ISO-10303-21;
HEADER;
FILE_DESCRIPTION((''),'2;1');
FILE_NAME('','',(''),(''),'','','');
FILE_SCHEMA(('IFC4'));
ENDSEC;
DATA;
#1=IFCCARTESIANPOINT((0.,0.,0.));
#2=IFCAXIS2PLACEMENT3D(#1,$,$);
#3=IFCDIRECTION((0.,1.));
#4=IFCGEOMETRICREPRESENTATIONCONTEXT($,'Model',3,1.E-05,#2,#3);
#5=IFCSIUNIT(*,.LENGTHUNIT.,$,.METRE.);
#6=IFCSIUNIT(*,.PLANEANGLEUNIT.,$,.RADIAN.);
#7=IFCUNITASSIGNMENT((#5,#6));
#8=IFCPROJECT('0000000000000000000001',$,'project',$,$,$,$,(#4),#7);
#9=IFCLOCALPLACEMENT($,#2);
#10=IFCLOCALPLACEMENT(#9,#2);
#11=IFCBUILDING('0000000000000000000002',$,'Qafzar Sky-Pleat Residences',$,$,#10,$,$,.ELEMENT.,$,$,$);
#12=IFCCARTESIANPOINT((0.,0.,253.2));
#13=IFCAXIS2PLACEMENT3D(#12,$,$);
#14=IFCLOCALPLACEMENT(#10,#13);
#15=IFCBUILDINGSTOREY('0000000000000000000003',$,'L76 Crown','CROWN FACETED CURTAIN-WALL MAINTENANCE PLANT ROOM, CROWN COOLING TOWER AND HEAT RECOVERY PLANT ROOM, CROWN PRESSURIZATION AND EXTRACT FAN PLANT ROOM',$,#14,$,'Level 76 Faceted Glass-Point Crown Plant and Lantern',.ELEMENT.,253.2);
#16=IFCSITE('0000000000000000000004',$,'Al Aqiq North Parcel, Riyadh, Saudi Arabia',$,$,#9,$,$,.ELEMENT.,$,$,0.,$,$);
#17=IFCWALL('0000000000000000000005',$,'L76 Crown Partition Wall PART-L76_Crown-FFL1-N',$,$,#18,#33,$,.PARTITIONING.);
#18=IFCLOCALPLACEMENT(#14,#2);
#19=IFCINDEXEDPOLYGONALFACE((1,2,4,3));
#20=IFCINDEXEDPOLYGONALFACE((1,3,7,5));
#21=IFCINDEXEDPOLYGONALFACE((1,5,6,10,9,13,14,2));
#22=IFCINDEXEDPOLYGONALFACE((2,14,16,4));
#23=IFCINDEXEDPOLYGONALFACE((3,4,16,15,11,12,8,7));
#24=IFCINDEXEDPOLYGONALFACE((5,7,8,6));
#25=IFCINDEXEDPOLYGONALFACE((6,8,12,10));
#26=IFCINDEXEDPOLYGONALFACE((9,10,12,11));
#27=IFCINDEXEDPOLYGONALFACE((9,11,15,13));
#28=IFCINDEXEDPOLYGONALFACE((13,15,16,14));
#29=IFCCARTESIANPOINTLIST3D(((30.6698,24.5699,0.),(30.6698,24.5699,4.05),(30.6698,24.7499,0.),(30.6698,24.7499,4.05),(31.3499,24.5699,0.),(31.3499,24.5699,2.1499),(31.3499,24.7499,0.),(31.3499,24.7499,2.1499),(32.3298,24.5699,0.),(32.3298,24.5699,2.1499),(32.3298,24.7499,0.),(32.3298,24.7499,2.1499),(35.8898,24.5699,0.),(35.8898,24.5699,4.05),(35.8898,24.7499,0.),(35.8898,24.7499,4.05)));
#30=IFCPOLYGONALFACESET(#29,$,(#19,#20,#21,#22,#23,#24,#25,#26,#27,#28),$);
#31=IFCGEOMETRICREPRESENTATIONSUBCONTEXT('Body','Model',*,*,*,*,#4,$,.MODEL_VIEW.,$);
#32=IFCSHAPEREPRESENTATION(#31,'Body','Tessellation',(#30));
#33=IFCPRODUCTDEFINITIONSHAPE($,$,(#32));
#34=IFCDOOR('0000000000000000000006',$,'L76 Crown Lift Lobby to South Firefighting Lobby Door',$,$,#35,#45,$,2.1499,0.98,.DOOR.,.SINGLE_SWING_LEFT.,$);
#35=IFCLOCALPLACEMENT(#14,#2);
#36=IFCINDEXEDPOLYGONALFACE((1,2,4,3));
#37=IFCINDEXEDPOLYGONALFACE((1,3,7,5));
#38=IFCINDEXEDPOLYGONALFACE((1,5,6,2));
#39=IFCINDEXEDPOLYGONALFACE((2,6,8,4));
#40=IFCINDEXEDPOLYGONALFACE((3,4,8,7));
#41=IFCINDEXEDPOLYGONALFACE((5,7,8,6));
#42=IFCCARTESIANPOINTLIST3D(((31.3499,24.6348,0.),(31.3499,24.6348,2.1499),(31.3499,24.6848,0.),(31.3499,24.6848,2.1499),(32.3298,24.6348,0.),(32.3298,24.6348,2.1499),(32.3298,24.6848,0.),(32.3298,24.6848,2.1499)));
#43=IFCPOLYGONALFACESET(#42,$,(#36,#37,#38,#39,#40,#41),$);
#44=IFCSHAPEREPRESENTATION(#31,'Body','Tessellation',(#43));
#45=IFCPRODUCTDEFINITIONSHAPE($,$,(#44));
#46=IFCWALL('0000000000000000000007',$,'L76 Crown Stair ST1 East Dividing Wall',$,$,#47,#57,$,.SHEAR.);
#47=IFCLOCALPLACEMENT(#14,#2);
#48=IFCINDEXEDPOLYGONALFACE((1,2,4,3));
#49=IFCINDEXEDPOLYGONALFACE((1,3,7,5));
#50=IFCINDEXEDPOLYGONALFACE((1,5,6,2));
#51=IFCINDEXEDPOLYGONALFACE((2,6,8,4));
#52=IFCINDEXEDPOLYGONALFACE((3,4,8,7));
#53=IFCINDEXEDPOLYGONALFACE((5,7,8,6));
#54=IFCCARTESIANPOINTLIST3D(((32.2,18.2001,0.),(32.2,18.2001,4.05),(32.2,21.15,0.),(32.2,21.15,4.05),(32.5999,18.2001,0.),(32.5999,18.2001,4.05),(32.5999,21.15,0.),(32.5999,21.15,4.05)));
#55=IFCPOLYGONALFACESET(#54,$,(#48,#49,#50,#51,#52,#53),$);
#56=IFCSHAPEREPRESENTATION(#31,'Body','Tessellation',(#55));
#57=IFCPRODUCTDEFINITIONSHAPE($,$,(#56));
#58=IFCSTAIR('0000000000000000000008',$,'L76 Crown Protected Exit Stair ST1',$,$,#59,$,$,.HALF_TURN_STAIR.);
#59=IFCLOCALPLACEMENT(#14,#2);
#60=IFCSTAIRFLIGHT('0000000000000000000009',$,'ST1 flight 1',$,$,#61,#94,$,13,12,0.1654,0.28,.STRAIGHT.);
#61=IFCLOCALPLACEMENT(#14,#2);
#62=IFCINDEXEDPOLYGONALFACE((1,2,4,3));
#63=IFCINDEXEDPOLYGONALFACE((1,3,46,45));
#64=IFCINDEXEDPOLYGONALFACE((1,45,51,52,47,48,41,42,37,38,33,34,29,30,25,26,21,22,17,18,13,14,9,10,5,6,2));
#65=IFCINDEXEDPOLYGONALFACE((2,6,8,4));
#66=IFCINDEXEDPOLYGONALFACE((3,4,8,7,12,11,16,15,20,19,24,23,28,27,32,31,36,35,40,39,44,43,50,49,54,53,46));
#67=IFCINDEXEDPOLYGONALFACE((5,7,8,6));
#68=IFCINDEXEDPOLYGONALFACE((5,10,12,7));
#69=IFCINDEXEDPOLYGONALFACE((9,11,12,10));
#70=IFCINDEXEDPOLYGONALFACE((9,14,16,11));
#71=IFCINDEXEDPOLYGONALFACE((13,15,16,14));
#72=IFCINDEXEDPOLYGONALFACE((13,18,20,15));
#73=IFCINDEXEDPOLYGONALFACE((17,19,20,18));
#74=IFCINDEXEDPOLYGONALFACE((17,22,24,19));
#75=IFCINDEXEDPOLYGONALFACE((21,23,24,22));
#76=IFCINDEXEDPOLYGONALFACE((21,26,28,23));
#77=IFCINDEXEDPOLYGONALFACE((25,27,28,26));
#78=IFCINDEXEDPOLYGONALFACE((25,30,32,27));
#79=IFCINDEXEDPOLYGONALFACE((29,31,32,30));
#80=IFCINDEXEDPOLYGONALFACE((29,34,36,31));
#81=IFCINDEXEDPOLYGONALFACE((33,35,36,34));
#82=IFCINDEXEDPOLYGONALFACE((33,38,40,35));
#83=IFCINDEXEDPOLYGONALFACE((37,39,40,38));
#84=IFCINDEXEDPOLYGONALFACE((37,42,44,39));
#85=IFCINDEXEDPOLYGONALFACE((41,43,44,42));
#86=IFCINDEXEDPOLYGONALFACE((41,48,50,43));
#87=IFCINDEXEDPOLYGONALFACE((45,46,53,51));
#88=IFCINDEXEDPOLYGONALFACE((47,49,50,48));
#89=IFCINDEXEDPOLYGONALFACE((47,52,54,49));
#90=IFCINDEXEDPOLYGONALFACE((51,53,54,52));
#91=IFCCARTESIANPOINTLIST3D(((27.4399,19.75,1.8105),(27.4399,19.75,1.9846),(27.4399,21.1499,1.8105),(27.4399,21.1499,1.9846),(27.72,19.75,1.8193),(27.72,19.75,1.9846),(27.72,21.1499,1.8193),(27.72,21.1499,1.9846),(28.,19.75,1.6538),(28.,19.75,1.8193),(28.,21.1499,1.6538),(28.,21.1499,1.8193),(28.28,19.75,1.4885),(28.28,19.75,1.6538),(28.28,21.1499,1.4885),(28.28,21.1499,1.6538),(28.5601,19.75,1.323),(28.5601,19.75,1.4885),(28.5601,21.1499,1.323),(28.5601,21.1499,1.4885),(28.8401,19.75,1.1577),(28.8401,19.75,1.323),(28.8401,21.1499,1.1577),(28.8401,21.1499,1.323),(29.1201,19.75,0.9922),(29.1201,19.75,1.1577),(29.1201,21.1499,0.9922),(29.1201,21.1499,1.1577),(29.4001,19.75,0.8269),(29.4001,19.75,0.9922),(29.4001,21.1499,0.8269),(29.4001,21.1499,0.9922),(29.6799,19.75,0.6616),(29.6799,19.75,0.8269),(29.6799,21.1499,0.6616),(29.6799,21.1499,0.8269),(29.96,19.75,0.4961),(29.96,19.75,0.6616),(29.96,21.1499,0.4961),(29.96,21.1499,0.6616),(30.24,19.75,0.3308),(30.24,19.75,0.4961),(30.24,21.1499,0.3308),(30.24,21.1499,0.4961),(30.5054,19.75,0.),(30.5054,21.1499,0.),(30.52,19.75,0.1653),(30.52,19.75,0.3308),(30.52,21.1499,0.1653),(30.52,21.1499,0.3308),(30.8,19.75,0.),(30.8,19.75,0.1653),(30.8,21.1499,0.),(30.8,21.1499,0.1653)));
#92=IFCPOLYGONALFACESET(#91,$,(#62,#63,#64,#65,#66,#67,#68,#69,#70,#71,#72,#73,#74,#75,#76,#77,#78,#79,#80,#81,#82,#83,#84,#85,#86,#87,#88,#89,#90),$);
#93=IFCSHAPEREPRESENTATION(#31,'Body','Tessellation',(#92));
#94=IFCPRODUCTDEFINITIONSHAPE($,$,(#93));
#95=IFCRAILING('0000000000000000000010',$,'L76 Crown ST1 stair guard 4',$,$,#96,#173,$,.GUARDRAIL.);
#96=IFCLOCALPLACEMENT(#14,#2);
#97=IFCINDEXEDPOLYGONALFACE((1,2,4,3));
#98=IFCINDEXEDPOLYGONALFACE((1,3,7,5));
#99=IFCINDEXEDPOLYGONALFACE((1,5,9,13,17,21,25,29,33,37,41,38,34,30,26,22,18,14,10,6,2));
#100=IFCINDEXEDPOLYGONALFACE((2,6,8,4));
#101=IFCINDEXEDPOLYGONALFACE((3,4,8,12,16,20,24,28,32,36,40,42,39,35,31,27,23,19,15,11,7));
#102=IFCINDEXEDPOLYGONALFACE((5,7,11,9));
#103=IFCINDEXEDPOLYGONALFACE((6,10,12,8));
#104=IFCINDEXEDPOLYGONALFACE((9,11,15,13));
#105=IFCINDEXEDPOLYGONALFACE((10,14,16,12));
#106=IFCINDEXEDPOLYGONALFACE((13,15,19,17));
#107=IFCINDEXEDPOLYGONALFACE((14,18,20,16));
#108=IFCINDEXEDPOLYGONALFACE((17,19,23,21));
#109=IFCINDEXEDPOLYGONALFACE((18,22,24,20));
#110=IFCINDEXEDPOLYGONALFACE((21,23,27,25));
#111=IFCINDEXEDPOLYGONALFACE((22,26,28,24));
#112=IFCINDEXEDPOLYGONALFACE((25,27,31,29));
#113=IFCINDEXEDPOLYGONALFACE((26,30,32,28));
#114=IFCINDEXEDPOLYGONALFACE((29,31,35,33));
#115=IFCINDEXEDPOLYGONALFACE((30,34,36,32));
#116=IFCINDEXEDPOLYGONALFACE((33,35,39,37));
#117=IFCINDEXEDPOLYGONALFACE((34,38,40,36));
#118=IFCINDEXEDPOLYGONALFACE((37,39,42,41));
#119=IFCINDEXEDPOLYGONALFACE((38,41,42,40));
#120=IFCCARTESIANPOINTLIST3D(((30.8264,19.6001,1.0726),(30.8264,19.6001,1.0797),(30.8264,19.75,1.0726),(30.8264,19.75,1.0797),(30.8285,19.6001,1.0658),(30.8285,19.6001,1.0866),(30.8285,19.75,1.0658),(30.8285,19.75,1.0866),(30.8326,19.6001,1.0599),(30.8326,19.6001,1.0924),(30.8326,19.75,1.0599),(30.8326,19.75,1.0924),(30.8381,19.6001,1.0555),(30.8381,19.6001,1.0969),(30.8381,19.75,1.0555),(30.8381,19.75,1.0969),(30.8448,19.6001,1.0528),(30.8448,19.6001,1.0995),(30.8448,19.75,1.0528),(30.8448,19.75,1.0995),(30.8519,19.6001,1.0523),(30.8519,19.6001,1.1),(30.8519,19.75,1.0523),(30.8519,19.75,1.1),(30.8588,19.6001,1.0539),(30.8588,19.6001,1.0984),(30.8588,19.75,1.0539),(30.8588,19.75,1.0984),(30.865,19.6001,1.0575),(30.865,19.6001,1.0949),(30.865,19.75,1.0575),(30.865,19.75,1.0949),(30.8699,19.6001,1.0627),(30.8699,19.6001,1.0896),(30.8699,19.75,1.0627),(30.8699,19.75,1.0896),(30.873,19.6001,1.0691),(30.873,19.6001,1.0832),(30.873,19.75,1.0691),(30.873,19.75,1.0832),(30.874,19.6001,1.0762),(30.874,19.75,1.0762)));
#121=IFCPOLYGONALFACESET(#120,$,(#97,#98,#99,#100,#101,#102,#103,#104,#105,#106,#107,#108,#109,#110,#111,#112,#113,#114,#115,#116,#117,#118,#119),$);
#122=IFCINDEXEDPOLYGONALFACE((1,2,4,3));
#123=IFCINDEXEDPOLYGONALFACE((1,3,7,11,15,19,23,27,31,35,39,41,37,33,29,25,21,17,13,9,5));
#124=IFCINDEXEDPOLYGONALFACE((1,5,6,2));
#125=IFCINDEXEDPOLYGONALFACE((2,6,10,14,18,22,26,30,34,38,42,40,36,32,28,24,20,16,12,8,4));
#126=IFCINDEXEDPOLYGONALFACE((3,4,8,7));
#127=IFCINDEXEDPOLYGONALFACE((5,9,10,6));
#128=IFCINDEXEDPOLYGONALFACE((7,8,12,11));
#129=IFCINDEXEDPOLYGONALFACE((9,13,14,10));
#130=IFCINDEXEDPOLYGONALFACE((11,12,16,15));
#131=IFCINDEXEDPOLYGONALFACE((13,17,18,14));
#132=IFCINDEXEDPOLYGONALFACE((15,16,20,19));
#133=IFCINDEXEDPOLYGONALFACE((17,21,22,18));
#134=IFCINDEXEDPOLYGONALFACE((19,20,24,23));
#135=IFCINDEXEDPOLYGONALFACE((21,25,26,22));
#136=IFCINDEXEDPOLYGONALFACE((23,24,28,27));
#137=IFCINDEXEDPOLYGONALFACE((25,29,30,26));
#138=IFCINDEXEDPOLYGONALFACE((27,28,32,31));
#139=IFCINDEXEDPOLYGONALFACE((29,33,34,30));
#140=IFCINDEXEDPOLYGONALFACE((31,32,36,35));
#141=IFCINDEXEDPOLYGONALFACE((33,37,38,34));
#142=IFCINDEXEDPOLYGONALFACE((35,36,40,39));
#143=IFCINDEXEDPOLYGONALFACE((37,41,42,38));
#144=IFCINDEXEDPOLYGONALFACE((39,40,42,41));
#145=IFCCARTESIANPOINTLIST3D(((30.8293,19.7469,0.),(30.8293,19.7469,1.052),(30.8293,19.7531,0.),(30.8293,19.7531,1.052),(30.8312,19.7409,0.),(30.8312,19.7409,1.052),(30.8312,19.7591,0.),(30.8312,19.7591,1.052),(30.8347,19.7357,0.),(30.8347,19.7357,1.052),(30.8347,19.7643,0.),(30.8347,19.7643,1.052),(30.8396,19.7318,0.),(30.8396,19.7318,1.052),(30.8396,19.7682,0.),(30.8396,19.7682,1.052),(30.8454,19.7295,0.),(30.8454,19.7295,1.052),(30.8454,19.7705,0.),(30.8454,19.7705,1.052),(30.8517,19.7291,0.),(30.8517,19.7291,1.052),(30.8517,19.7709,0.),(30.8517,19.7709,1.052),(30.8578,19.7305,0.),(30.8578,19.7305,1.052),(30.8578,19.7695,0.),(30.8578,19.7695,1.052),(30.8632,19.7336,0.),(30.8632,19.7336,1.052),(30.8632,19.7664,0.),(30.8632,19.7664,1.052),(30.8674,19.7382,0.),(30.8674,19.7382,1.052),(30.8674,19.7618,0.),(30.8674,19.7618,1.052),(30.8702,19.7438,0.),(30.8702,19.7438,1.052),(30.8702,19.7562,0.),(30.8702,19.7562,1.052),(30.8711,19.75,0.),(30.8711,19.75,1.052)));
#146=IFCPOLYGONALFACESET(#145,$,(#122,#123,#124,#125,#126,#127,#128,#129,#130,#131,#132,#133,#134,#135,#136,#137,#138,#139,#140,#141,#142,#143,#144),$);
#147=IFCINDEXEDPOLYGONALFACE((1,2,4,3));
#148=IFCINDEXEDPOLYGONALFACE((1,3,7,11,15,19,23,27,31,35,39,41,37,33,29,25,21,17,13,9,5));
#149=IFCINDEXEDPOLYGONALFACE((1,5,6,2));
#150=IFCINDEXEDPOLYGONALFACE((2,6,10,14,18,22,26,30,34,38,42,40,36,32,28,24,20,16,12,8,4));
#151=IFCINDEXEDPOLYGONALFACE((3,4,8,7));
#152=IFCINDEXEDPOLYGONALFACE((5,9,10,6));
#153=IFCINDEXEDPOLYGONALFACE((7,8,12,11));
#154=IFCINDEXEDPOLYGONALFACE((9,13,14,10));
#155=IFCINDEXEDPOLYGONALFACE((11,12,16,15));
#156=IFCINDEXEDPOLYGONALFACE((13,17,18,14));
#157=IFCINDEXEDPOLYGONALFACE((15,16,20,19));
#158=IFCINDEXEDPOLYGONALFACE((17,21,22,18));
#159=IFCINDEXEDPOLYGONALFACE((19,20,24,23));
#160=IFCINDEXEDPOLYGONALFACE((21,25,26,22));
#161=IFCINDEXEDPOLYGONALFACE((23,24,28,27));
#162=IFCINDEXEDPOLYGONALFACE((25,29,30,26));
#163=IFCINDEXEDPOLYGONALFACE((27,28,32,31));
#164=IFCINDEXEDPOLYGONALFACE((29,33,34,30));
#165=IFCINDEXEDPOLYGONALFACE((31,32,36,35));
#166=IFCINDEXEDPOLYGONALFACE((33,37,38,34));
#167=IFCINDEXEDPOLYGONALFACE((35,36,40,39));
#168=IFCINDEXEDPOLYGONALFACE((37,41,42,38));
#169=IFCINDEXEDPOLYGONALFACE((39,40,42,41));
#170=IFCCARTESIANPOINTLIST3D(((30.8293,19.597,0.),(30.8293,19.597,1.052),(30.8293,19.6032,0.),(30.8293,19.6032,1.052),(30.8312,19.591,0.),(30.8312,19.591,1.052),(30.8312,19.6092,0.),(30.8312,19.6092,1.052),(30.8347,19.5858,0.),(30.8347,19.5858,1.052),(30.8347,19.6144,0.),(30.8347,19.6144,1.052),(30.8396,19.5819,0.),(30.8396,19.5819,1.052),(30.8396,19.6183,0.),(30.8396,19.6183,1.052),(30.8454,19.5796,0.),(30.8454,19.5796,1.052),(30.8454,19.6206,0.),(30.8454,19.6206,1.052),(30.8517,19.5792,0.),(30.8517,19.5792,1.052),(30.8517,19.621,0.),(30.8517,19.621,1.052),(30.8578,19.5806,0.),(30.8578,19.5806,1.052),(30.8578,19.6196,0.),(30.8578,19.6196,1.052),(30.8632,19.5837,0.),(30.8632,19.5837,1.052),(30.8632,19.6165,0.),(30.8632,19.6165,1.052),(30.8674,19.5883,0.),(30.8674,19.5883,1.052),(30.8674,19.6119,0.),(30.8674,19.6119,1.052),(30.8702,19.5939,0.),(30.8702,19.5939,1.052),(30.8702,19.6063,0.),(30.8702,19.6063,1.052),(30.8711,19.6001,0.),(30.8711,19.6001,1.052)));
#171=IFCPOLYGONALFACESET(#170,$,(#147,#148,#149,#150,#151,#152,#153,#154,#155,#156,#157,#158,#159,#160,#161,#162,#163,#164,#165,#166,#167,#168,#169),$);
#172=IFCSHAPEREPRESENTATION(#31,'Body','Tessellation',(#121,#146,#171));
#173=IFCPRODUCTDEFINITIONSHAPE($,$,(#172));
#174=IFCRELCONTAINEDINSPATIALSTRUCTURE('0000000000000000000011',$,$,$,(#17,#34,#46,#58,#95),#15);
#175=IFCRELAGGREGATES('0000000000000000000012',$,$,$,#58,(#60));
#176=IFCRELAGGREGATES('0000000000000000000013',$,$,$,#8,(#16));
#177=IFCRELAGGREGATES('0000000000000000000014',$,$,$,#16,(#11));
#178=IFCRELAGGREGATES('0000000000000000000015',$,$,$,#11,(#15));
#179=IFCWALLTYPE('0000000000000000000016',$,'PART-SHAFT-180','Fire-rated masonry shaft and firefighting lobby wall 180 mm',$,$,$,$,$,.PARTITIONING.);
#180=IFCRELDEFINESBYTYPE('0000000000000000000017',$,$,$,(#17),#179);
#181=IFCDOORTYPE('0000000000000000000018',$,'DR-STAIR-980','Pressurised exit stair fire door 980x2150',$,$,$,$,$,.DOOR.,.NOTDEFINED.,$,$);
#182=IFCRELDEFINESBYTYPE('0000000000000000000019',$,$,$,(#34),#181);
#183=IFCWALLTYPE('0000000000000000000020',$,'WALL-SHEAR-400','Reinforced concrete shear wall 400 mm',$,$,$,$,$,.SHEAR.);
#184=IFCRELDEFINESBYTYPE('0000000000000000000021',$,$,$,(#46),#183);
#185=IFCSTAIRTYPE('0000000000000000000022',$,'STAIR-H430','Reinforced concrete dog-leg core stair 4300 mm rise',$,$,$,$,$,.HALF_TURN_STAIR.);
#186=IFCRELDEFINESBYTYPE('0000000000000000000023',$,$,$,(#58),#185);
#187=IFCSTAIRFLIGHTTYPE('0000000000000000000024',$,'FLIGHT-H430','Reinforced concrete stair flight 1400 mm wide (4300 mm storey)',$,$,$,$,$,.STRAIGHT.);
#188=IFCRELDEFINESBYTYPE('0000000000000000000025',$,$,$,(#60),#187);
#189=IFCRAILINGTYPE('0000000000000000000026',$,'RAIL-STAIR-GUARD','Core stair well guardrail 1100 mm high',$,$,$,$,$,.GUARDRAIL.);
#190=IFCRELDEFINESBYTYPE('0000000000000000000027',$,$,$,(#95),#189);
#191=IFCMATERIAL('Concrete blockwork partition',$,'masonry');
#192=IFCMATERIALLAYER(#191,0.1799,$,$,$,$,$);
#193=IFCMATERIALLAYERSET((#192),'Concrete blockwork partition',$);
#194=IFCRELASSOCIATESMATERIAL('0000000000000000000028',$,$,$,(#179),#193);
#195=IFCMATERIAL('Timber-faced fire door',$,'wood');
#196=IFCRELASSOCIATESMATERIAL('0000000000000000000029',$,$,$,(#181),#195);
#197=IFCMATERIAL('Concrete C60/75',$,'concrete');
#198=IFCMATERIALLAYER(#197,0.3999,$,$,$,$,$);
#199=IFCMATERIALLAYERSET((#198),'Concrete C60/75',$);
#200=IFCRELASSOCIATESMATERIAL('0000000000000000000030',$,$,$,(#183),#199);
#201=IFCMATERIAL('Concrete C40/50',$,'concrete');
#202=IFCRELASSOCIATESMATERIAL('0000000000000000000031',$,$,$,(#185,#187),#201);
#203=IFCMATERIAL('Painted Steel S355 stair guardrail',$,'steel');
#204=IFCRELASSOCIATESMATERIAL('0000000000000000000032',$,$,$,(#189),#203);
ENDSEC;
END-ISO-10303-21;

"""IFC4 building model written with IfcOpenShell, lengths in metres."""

from ifc_helpers import new_model, si_unit, direction, frame, frame_2d, origin, origin_2d, place, context, subcontext, project, spatial, polyline, rectangle, circle, outline, extrude, source, transform, mapped, material, layer, layer_set, type_object, element, fill, aggregate, save


model = new_model("IFC4")

# Units and contexts
model_context = context("Model", 3, precision=1e-05, world=origin(), true_north=direction((0.0, 1.0)))
body_context = subcontext(model_context, "Body", "Model", "MODEL_VIEW")
ifc_project = project(units=[si_unit("LENGTHUNIT", "METRE"), si_unit("PLANEANGLEUNIT", "RADIAN")], contexts=[model_context])

# Site, building, storey
site_placement = place(None, origin())
site = spatial("IfcSite", under=ifc_project, at=site_placement, Name="Al Aqiq North Parcel, Riyadh, Saudi Arabia", CompositionType="ELEMENT", RefElevation=0.0)
building_placement = place(site_placement, origin())
building = spatial("IfcBuilding", under=site, at=building_placement, Name="Qafzar Sky-Pleat Residences", CompositionType="ELEMENT")
storey_placement = place(building_placement, frame((0.0, 0.0, 253.2)))
storey = spatial("IfcBuildingStorey", under=building, at=storey_placement, Name="L76 Crown", Description="CROWN FACETED CURTAIN-WALL MAINTENANCE PLANT ROOM, CROWN COOLING TOWER AND HEAT RECOVERY PLANT ROOM, CROWN PRESSURIZATION AND EXTRACT FAN PLANT ROOM", LongName="Level 76 Faceted Glass-Point Crown Plant and Lantern", CompositionType="ELEMENT", Elevation=253.2)

# Wall, opening, door
ifc_material_1 = material(Name="Concrete blockwork partition", Category="masonry")
ifc_layer_1 = layer(ifc_material_1, 0.1799)
ifc_layer_set_1 = layer_set([ifc_layer_1], Name="Concrete blockwork partition")
wall_type_1 = type_object("IfcWallType", Name="PART-SHAFT-180", Description="Fire-rated masonry shaft and firefighting lobby wall 180 mm", PredefinedType="PARTITIONING", material=ifc_layer_set_1)
ifc_material_2 = material(Name="Timber-faced fire door", Category="wood")
wall_1_placement = place(storey_placement, frame((30.6699, 24.6599, 0.0), z_axis=(0.0, 0.0, 1.0), x_axis=(1.0, 0.0, 0.0)))
wall_1 = element("IfcWall", 1, at=wall_1_placement, inside=storey, type_object=wall_type_1, Name="L76 Crown Partition Wall PART-L76_Crown-FFL1-N", PredefinedType="PARTITIONING", context=body_context, shape_type="SweptSolid", body=[
    extrude(rectangle(XDim=5.22, YDim=0.1799, at=frame_2d((2.6099, 0.0))), origin(), (0.0, 0.0, 1.0), 4.05),
])
opening_1_placement = place(wall_1_placement, frame((0.6799, 0.0, 0.0)))
opening_1 = element("IfcOpeningElement", 2, at=opening_1_placement, cuts=wall_1, PredefinedType="OPENING", context=body_context, shape_type="SweptSolid", body=[
    extrude(rectangle(XDim=0.98, YDim=2.1499, at=frame_2d((0.49, 1.075))), frame((0.0, 0.1001, 0.0), z_axis=(0.0, -1.0, 0.0), x_axis=(1.0, 0.0, 0.0)), (0.0, 0.0, 1.0), 0.2),
])
door_type_1 = type_object("IfcDoorType", Name="DR-STAIR-980", Description="Pressurised exit stair fire door 980x2150", OperationType="NOTDEFINED", PredefinedType="DOOR", material=ifc_material_2)
shared_shape_1 = source(origin(), body_context, "Body", "SweptSolid", [
    extrude(rectangle(XDim=0.98, YDim=2.1499, at=frame_2d((0.49, 1.075))), frame((0.0, 0.0249, 0.0), z_axis=(0.0, -1.0, 0.0), x_axis=(1.0, 0.0, 0.0)), (0.0, 0.0, 1.0), 0.05),
])
door_1_placement = place(opening_1_placement, origin())
door_1 = element("IfcDoor", 3, at=door_1_placement, inside=storey, type_object=door_type_1, Name="L76 Crown Lift Lobby to South Firefighting Lobby Door", OperationType="SINGLE_SWING_LEFT", OverallHeight=2.1499, OverallWidth=0.98, PredefinedType="DOOR", context=body_context, shape_type="MappedRepresentation", body=[
    mapped(shared_shape_1, transform((0.0, 0.0, 0.0), x_axis=(1.0, 0.0, 0.0), y_axis=(0.0, 1.0, 0.0), z_axis=(0.0, 0.0, 1.0), scale=1.0)),
])
fill(opening_1, door_1)

# Wall
ifc_material_3 = material(Name="Concrete C60/75", Category="concrete")
ifc_layer_2 = layer(ifc_material_3, 0.3999)
ifc_layer_set_2 = layer_set([ifc_layer_2], Name="Concrete C60/75")
wall_type_2 = type_object("IfcWallType", Name="WALL-SHEAR-400", Description="Reinforced concrete shear wall 400 mm", PredefinedType="SHEAR", material=ifc_layer_set_2)
wall_2_placement = place(storey_placement, frame((32.3999, 18.2, 0.0), z_axis=(0.0, 0.0, 1.0), x_axis=(0.0, 1.0, 0.0)))
element("IfcWall", 4, at=wall_2_placement, inside=storey, type_object=wall_type_2, Name="L76 Crown Stair ST1 East Dividing Wall", PredefinedType="SHEAR", context=body_context, shape_type="SweptSolid", body=[
    extrude(rectangle(XDim=2.95, YDim=0.3999, at=frame_2d((1.4751, 0.0))), origin(), (0.0, 0.0, 1.0), 4.05),
])

# Stair, stair flight
ifc_material_4 = material(Name="Concrete C40/50", Category="concrete")
stair_type = type_object("IfcStairType", Name="STAIR-H430", Description="Reinforced concrete dog-leg core stair 4300 mm rise", PredefinedType="HALF_TURN_STAIR", material=ifc_material_4)
stair_placement = place(storey_placement, origin())
stair = element("IfcStair", 5, at=stair_placement, inside=storey, type_object=stair_type, Name="L76 Crown Protected Exit Stair ST1", PredefinedType="HALF_TURN_STAIR")
stair_flight_type = type_object("IfcStairFlightType", Name="FLIGHT-H430", Description="Reinforced concrete stair flight 1400 mm wide (4300 mm storey)", PredefinedType="STRAIGHT", material=ifc_material_4)
shared_shape_2 = source(origin(), body_context, "Body", "SweptSolid", [
    extrude(outline(polyline([(0.0, 0.0), (0.0, 0.1653), (0.28, 0.1653), (0.28, 0.3308), (0.5601, 0.3308), (0.5601, 0.4961), (0.8401, 0.4961), (0.8401, 0.6616), (1.1201, 0.6616), (1.1201, 0.8269), (1.3999, 0.8269), (1.3999, 0.9922), (1.6799, 0.9922), (1.6799, 1.1577), (1.96, 1.1577), (1.96, 1.323), (2.24, 1.323), (2.24, 1.4885), (2.52, 1.4885), (2.52, 1.6538), (2.8, 1.6538), (2.8, 1.8193), (3.0801, 1.8193), (3.0801, 1.9846), (3.3601, 1.9846), (3.3601, 2.1499), (3.3601, 1.8105), (0.2947, 0.0), (0.0, 0.0)])), frame((0.0, 0.7, 0.0), z_axis=(0.0, -1.0, 0.0), x_axis=(1.0, 0.0, 0.0)), (0.0, 0.0, 1.0), 1.3999),
])
stair_flight_placement = place(storey_placement, frame((30.8, 20.45, 0.0), z_axis=(0.0, 0.0, 1.0), x_axis=(-1.0, 0.0, 0.0)))
stair_flight = element("IfcStairFlight", 6, at=stair_flight_placement, type_object=stair_flight_type, Name="ST1 flight 1", NumberOfRisers=13, NumberOfTreads=12, PredefinedType="STRAIGHT", RiserHeight=0.1654, TreadLength=0.28, context=body_context, shape_type="MappedRepresentation", body=[
    mapped(shared_shape_2, transform((0.0, 0.0, 0.0), x_axis=(1.0, 0.0, 0.0), y_axis=(0.0, 1.0, 0.0), z_axis=(0.0, 0.0, 1.0), scale=1.0)),
])
aggregate(stair, [stair_flight])

# Railing
ifc_material_5 = material(Name="Painted Steel S355 stair guardrail", Category="steel")
railing_type_1 = type_object("IfcRailingType", Name="RAIL-STAIR-GUARD", Description="Core stair well guardrail 1100 mm high", PredefinedType="GUARDRAIL", material=ifc_material_5)
shared_shape_3 = source(origin(), body_context, "Body", "SweptSolid", [
    extrude(circle(Radius=0.0239, at=origin_2d()), frame((0.0, 0.0, 1.0762), z_axis=(0.0, -1.0, 0.0), x_axis=(1.0, 0.0, 0.0)), (0.0, 0.0, 1.0), 0.1499),
    extrude(circle(Radius=0.021, at=origin_2d()), origin(), (0.0, 0.0, 1.0), 1.052),
    extrude(circle(Radius=0.021, at=origin_2d()), frame((0.0, -0.1499, 0.0)), (0.0, 0.0, 1.0), 1.052),
])
railing_1_placement = place(storey_placement, frame((30.8501, 19.75, 0.0)))
element("IfcRailing", 7, at=railing_1_placement, inside=storey, type_object=railing_type_1, Name="L76 Crown ST1 stair guard 4", PredefinedType="GUARDRAIL", context=body_context, shape_type="MappedRepresentation", body=[
    mapped(shared_shape_3, transform((0.0, 0.0, 0.0), x_axis=(1.0, 0.0, 0.0), y_axis=(0.0, 1.0, 0.0), z_axis=(0.0, 0.0, 1.0), scale=1.0)),
])

save(model, "model.ifc")
